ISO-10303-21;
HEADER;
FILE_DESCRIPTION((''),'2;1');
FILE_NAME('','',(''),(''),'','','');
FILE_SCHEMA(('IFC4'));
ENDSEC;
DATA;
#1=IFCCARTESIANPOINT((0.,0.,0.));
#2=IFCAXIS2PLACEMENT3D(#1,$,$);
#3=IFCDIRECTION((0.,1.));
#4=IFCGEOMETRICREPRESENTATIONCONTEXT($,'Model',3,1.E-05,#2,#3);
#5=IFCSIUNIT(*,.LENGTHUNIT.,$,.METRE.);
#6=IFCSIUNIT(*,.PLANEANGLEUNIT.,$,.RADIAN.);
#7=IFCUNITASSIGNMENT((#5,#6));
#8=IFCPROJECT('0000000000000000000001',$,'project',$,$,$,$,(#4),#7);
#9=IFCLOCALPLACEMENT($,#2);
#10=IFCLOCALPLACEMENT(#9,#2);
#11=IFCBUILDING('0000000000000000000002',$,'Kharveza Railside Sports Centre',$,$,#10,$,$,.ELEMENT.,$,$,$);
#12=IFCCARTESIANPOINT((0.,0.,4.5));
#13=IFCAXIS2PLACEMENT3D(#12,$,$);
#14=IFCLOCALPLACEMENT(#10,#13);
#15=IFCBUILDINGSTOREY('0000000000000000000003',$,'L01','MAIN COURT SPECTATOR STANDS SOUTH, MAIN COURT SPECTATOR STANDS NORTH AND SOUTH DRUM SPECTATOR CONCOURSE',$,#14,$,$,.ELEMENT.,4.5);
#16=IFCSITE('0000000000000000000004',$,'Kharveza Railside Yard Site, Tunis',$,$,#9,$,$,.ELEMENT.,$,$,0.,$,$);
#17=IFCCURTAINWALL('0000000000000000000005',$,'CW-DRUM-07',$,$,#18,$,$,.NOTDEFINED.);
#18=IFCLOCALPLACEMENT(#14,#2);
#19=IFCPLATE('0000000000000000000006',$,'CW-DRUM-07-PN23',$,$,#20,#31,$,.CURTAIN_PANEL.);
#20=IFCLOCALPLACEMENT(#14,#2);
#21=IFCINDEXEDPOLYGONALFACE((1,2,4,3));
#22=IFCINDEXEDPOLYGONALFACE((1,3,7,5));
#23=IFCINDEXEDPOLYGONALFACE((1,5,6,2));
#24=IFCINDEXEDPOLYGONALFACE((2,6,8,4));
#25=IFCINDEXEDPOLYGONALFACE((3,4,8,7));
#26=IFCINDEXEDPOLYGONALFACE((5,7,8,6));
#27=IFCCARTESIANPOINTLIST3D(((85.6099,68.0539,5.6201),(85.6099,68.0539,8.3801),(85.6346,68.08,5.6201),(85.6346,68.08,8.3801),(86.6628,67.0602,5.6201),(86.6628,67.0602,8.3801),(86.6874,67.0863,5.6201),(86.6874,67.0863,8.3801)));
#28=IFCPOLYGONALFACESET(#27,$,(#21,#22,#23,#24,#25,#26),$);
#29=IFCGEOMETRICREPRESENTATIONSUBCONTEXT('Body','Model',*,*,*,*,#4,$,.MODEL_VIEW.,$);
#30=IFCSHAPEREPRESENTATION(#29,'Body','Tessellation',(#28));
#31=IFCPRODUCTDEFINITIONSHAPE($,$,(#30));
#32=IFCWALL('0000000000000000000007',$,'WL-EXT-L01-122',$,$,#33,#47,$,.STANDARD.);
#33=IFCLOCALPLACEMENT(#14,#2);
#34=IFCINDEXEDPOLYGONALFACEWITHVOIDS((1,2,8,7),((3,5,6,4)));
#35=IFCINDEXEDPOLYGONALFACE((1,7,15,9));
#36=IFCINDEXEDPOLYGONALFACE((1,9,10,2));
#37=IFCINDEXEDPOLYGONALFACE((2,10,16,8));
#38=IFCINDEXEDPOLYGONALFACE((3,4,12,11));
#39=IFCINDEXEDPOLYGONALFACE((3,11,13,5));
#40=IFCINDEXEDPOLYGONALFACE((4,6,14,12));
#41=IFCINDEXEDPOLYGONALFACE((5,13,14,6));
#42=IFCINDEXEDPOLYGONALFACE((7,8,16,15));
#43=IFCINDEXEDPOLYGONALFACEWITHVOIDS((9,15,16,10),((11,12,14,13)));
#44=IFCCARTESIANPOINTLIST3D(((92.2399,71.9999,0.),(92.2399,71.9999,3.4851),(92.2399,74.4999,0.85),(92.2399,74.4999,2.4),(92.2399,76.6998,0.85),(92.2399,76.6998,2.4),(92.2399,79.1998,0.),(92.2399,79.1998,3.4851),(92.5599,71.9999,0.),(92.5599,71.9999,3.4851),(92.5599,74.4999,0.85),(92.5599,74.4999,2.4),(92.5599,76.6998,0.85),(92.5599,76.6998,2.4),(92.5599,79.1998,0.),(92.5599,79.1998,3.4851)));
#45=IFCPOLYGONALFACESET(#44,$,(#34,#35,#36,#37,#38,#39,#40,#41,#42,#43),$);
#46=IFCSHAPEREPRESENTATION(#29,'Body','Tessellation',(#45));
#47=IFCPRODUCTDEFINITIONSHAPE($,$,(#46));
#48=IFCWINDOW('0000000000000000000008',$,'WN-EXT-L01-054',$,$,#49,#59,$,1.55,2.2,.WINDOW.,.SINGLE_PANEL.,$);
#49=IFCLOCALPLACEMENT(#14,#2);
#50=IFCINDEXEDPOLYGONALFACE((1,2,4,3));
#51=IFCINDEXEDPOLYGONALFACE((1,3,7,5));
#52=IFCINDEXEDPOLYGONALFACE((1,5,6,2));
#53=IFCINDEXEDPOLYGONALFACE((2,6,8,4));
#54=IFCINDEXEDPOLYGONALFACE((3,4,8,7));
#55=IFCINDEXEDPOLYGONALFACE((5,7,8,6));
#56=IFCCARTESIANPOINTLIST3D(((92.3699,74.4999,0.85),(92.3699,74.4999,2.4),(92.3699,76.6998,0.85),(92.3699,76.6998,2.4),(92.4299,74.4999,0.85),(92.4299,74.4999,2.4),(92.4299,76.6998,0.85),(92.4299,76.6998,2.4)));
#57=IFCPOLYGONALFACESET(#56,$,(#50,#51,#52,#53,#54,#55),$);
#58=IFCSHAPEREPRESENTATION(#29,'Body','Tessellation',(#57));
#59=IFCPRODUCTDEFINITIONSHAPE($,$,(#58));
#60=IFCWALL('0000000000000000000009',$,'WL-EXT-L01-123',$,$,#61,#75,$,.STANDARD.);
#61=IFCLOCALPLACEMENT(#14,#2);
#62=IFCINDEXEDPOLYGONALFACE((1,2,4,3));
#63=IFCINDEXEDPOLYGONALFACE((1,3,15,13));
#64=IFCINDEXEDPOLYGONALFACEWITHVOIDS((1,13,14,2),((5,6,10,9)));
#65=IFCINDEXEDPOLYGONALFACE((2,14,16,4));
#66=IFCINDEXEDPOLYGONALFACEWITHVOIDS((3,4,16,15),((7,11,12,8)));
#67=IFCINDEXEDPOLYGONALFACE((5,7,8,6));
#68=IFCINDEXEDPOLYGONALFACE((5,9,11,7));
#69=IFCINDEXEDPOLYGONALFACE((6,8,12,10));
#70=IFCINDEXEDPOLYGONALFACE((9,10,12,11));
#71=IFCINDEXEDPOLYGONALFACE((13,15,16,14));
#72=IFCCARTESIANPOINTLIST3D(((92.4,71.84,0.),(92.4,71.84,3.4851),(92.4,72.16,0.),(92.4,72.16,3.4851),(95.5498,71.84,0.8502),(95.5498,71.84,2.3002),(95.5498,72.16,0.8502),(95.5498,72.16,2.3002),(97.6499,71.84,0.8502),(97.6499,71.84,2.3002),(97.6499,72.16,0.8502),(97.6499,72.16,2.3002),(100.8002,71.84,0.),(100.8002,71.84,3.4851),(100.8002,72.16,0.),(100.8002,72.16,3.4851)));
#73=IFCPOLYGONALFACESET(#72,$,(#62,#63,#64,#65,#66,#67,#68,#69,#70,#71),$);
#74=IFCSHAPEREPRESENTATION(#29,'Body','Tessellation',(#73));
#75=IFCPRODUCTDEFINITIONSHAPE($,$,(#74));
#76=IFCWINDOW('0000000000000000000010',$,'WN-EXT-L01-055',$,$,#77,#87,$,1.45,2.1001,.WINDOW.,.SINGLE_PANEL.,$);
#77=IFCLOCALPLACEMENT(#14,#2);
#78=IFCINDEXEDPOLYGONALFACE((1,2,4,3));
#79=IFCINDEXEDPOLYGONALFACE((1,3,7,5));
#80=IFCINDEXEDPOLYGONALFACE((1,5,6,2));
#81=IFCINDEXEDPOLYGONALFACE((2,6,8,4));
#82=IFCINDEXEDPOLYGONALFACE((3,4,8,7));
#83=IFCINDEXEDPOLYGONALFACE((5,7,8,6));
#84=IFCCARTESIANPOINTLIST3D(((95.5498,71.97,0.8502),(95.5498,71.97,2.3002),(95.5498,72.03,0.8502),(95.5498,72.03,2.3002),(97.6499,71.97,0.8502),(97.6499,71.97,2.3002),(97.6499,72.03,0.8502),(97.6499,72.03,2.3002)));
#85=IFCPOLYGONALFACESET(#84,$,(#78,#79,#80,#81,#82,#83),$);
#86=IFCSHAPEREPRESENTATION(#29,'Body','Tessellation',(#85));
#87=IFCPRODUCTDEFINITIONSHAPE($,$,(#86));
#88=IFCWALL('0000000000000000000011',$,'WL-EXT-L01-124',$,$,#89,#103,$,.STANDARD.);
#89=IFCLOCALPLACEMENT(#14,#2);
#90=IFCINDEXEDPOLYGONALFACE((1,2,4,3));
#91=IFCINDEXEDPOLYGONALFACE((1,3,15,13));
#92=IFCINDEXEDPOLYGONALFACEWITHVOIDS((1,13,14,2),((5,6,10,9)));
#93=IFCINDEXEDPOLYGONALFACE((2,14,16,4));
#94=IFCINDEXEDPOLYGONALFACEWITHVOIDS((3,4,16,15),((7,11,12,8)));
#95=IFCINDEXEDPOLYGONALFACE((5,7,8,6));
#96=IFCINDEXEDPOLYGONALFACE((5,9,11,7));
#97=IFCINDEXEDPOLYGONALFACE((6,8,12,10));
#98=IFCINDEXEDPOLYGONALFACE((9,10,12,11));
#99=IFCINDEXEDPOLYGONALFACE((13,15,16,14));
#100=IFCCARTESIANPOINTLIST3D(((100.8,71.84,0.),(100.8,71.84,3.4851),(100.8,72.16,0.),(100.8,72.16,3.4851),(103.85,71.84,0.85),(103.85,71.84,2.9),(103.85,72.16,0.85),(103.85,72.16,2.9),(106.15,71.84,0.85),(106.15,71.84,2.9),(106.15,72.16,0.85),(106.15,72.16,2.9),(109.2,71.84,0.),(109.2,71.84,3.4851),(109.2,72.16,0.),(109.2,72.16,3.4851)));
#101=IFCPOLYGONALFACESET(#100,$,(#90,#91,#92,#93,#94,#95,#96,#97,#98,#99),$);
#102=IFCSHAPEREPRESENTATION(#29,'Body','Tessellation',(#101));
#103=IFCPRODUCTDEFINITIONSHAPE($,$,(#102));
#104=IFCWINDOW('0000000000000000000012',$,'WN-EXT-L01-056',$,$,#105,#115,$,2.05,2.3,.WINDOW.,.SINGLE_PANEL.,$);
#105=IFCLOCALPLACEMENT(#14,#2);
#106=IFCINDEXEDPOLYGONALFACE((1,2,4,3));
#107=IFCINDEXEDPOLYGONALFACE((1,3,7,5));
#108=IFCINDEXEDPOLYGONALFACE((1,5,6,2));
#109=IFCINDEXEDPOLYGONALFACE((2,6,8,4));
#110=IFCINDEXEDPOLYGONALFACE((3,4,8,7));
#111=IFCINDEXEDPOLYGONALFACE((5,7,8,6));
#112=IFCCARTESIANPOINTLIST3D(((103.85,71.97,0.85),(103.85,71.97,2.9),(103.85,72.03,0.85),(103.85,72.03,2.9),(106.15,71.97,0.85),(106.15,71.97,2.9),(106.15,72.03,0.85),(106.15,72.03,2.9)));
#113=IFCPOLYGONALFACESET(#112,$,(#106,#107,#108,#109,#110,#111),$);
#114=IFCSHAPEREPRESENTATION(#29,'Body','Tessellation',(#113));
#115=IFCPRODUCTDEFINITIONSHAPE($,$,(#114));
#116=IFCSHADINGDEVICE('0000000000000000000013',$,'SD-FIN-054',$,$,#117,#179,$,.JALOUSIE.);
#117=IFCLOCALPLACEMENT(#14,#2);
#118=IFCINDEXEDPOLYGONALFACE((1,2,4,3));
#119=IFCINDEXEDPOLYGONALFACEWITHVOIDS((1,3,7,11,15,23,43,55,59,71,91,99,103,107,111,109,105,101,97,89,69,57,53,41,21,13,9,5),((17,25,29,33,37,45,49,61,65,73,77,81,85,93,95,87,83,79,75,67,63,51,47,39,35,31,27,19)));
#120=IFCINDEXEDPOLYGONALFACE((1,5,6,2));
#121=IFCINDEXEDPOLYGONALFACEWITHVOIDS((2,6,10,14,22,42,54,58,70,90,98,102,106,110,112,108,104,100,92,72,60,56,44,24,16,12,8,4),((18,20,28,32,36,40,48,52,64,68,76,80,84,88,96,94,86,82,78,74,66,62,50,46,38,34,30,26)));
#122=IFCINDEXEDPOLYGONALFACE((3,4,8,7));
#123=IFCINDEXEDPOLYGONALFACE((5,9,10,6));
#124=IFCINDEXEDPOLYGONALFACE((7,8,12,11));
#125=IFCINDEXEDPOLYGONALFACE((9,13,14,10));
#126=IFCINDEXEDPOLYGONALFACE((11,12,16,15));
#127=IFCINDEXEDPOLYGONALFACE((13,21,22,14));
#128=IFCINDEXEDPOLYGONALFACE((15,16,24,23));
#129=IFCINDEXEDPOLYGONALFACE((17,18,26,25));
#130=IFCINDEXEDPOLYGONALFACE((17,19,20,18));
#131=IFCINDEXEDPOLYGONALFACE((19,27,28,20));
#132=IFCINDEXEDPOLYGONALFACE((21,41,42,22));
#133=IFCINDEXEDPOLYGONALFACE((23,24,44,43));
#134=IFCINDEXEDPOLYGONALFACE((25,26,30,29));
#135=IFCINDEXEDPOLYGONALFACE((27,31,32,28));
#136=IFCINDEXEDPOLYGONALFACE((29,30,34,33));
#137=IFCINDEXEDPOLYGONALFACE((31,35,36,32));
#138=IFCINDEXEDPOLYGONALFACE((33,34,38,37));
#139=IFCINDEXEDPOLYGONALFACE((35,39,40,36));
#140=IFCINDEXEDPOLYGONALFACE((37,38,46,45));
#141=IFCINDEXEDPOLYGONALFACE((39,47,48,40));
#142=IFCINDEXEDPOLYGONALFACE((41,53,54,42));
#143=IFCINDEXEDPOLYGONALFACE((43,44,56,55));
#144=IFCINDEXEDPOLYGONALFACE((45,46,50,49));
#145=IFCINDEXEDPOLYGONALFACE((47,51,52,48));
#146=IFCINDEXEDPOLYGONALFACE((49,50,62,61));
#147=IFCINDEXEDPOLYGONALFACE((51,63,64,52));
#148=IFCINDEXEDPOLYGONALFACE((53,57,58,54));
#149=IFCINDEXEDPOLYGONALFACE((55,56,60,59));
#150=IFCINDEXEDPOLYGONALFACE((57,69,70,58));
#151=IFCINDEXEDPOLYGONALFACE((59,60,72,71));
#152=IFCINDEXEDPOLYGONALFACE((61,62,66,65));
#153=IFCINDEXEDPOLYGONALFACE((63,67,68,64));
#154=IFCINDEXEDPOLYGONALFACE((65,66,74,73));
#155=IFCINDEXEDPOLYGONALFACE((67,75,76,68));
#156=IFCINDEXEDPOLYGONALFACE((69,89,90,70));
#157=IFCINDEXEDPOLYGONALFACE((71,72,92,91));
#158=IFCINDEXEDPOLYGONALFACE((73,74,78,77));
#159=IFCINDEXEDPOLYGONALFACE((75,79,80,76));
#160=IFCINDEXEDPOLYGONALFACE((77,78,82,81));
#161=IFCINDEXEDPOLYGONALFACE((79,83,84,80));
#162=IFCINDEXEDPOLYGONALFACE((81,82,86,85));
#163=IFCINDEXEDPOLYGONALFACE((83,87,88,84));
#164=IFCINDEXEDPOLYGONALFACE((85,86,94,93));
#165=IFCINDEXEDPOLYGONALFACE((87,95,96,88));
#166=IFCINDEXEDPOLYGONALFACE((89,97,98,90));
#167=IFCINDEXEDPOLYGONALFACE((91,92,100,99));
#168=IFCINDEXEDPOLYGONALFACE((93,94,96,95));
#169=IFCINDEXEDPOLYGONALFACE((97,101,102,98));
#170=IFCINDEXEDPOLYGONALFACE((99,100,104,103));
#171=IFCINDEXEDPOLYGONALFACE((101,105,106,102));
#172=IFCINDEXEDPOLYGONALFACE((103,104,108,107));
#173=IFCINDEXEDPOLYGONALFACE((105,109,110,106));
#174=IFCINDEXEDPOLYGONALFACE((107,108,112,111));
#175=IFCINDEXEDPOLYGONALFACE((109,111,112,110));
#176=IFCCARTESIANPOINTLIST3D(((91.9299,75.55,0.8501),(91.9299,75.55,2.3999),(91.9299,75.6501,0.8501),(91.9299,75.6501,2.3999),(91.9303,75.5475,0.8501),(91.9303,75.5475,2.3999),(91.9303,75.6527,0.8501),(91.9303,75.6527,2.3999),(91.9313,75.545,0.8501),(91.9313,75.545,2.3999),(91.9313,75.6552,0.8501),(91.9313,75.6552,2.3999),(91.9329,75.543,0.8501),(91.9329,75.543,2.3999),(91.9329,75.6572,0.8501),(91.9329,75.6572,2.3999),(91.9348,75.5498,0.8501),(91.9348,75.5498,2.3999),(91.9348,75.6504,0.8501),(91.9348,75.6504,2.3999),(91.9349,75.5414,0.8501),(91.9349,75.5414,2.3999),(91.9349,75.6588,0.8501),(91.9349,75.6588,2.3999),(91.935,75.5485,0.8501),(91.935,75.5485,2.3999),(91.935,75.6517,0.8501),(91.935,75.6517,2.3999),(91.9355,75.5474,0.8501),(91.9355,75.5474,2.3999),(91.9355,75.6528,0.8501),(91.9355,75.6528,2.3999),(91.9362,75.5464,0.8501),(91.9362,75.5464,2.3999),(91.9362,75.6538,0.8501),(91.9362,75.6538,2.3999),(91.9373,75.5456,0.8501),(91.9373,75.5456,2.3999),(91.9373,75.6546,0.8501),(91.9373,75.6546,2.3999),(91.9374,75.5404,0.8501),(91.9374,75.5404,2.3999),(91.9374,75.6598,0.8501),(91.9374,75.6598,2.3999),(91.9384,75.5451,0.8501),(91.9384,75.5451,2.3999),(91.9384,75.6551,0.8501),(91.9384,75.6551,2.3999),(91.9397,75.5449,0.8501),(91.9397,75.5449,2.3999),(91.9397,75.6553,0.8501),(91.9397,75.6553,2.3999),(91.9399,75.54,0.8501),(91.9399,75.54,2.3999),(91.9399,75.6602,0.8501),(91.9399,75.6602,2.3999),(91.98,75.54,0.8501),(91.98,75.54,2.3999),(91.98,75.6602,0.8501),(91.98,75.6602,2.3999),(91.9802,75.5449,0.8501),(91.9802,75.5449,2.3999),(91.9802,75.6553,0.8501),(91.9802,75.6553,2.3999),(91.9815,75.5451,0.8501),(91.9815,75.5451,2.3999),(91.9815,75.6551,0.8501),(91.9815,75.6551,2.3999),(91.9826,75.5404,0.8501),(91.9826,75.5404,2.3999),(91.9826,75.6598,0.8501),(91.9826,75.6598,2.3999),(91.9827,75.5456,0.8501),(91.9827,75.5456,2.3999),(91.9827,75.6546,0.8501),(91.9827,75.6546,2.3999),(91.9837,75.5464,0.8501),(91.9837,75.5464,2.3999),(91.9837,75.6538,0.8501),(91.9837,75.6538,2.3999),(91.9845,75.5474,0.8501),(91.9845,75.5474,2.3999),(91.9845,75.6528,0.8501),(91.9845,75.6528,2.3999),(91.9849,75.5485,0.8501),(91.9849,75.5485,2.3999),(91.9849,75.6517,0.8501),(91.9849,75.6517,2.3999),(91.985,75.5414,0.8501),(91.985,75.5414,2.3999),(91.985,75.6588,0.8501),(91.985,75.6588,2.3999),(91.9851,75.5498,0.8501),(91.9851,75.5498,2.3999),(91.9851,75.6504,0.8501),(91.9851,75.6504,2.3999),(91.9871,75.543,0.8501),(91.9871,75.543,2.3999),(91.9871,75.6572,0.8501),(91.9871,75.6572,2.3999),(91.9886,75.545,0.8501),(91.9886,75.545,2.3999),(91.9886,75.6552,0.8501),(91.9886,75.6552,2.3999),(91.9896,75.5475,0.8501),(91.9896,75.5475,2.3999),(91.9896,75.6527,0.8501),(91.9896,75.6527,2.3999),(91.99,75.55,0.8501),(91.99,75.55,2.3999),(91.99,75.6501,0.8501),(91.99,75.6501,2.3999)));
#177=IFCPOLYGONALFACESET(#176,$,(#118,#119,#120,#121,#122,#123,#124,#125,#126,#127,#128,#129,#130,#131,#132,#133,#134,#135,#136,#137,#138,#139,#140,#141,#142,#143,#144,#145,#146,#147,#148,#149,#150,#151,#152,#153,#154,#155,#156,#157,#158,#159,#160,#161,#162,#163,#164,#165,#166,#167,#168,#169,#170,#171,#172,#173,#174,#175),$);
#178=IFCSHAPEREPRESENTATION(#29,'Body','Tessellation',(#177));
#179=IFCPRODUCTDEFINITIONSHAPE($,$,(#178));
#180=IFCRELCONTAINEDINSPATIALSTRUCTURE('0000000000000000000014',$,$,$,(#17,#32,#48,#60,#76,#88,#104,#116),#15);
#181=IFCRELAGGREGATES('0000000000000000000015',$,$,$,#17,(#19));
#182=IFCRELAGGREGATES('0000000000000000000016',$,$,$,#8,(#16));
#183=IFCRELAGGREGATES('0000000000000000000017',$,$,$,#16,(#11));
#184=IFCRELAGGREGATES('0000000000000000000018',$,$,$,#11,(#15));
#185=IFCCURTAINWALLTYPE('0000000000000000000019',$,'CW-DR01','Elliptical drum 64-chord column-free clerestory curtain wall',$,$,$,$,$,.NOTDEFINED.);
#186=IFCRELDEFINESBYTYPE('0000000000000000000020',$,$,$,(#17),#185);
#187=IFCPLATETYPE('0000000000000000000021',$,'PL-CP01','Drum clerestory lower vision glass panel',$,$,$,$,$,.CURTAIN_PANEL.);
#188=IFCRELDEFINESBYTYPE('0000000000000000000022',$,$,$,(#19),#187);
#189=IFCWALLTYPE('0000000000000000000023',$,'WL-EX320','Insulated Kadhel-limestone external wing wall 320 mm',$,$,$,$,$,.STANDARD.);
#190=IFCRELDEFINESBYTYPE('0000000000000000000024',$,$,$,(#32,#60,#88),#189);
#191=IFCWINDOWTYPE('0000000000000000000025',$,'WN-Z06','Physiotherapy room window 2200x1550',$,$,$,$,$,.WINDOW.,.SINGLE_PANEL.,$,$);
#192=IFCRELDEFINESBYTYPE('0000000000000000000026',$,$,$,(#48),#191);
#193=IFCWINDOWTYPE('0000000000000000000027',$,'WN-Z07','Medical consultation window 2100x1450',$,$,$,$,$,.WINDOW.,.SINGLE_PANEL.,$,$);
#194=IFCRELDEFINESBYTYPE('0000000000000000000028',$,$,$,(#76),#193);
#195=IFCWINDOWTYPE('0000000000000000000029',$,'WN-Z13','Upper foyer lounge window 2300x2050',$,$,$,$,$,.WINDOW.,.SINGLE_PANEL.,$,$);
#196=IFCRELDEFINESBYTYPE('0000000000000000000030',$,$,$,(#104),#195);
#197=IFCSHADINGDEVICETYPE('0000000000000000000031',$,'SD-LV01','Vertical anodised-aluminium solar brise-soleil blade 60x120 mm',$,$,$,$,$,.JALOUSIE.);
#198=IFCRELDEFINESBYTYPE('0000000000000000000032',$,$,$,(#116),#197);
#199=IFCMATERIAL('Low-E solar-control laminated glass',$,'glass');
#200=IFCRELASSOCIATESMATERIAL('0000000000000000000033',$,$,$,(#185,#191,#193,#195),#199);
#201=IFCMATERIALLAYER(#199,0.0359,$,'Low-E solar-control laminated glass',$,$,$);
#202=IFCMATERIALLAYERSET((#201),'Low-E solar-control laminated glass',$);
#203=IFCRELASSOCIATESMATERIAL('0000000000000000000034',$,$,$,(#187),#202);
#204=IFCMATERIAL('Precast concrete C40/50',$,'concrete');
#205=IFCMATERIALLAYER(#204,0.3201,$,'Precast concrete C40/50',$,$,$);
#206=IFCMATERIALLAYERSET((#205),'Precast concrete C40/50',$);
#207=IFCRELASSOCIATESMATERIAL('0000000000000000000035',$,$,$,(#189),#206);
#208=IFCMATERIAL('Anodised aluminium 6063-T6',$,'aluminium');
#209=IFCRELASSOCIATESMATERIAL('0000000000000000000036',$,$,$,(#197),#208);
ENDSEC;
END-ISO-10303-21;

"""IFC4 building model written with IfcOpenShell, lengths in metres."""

from ifc_helpers import new_model, si_unit, direction, frame, frame_2d, origin, origin_2d, place, context, subcontext, project, spatial, rectangle, hollow_rectangle, extrude, material, layer, layer_set, material_profile, profile_set, type_object, element, fill, aggregate, save


model = new_model("IFC4")

# Units and contexts
model_context = context("Model", 3, precision=1e-05, world=origin(), true_north=direction((0.0, 1.0)))
body_context = subcontext(model_context, "Body", "Model", "MODEL_VIEW")
ifc_project = project(units=[si_unit("LENGTHUNIT", "METRE"), si_unit("PLANEANGLEUNIT", "RADIAN")], contexts=[model_context])

# Site, building, storey
site_placement = place(None, origin())
site = spatial("IfcSite", under=ifc_project, at=site_placement, Name="Kharveza Railside Yard Site, Tunis", CompositionType="ELEMENT", RefElevation=0.0)
building_placement = place(site_placement, origin())
building = spatial("IfcBuilding", under=site, at=building_placement, Name="Kharveza Railside Sports Centre", CompositionType="ELEMENT")
storey_placement = place(building_placement, frame((0.0, 0.0, 4.5)))
storey = spatial("IfcBuildingStorey", under=building, at=storey_placement, Name="L01", Description="MAIN COURT SPECTATOR STANDS SOUTH, MAIN COURT SPECTATOR STANDS NORTH AND SOUTH DRUM SPECTATOR CONCOURSE", CompositionType="ELEMENT", Elevation=4.5)

# Curtain wall, plate
ifc_material_1 = material(Name="Low-E solar-control laminated glass", Category="glass")
curtain_wall_type = type_object("IfcCurtainWallType", Name="CW-DR01", Description="Elliptical drum 64-chord column-free clerestory curtain wall", PredefinedType="NOTDEFINED", material=ifc_material_1)
curtain_wall_placement = place(storey_placement, origin())
curtain_wall = element("IfcCurtainWall", 1, at=curtain_wall_placement, inside=storey, type_object=curtain_wall_type, Name="CW-DRUM-07", PredefinedType="NOTDEFINED")
ifc_material_2 = material(Name="Anodised aluminium 6063-T6", Category="aluminium")
ifc_layer_1 = layer(ifc_material_1, 0.0359, Name="Low-E solar-control laminated glass")
ifc_layer_set_1 = layer_set([ifc_layer_1], Name="Low-E solar-control laminated glass")
plate_type = type_object("IfcPlateType", Name="PL-CP01", Description="Drum clerestory lower vision glass panel", PredefinedType="CURTAIN_PANEL", material=ifc_layer_set_1)
plate_1_placement = place(storey_placement, frame((86.1487, 67.5701, 5.6201), z_axis=(0.0, 0.0, 1.0), x_axis=(-0.727234, 0.68639, 0.0)))
plate_1 = element("IfcPlate", 2, at=plate_1_placement, type_object=plate_type, Name="CW-DRUM-07-PN23", PredefinedType="CURTAIN_PANEL", context=body_context, shape_type="SweptSolid", body=[
    extrude(rectangle(XDim=1.4478, YDim=0.0359, at=origin_2d()), origin(), (0.0, 0.0, 1.0), 2.76),
])
aggregate(curtain_wall, [plate_1])

# Walls, openings, windows
ifc_material_3 = material(Name="Precast concrete C40/50", Category="concrete")
ifc_layer_2 = layer(ifc_material_3, 0.3201, Name="Precast concrete C40/50")
ifc_layer_set_2 = layer_set([ifc_layer_2], Name="Precast concrete C40/50")
wall_type = type_object("IfcWallType", Name="WL-EX320", Description="Insulated Kadhel-limestone external wing wall 320 mm", PredefinedType="STANDARD", material=ifc_layer_set_2)
wall_1_placement = place(storey_placement, frame((92.3999, 79.2, 0.0), z_axis=(0.0, 0.0, 1.0), x_axis=(0.0, -1.0, 0.0)))
wall_1 = element("IfcWall", 3, at=wall_1_placement, inside=storey, type_object=wall_type, Name="WL-EXT-L01-122", PredefinedType="STANDARD", context=body_context, shape_type="SweptSolid", body=[
    extrude(rectangle(XDim=7.2, YDim=0.3201, at=frame_2d((3.6001, 0.0))), origin(), (0.0, 0.0, 1.0), 3.4851),
])
opening_1_placement = place(wall_1_placement, frame((2.5, 0.0, 0.8501)))
opening_1 = element("IfcOpeningElement", 4, at=opening_1_placement, cuts=wall_1, PredefinedType="OPENING", context=body_context, shape_type="SweptSolid", body=[
    extrude(rectangle(XDim=2.2, YDim=1.55, at=frame_2d((1.1001, 0.7749))), frame((0.0, 0.1851, 0.0), z_axis=(0.0, -1.0, 0.0), x_axis=(1.0, 0.0, 0.0)), (0.0, 0.0, 1.0), 0.3699),
])
window_type_1 = type_object("IfcWindowType", Name="WN-Z06", Description="Physiotherapy room window 2200x1550", PartitioningType="SINGLE_PANEL", PredefinedType="WINDOW", material=ifc_material_1)
window_1_placement = place(opening_1_placement, origin())
window_1 = element("IfcWindow", 5, at=window_1_placement, inside=storey, type_object=window_type_1, Name="WN-EXT-L01-054", OverallHeight=1.55, OverallWidth=2.2, PartitioningType="SINGLE_PANEL", PredefinedType="WINDOW", context=body_context, shape_type="SweptSolid", body=[
    extrude(rectangle(XDim=2.2, YDim=1.55, at=frame_2d((1.1001, 0.7749))), frame((0.0, 0.03, 0.0), z_axis=(0.0, -1.0, 0.0), x_axis=(1.0, 0.0, 0.0)), (0.0, 0.0, 1.0), 0.0601),
])
fill(opening_1, window_1)
wall_2_placement = place(storey_placement, frame((92.3999, 72.0, 0.0), z_axis=(0.0, 0.0, 1.0), x_axis=(1.0, 0.0, 0.0)))
wall_2 = element("IfcWall", 6, at=wall_2_placement, inside=storey, type_object=wall_type, Name="WL-EXT-L01-123", PredefinedType="STANDARD", context=body_context, shape_type="SweptSolid", body=[
    extrude(rectangle(XDim=8.4001, YDim=0.3201, at=frame_2d((4.2002, 0.0))), origin(), (0.0, 0.0, 1.0), 3.4851),
])
opening_2_placement = place(wall_2_placement, frame((3.1499, 0.0, 0.8501)))
opening_2 = element("IfcOpeningElement", 7, at=opening_2_placement, cuts=wall_2, PredefinedType="OPENING", context=body_context, shape_type="SweptSolid", body=[
    extrude(rectangle(XDim=2.1001, YDim=1.45, at=frame_2d((1.05, 0.7251))), frame((0.0, 0.1851, 0.0), z_axis=(0.0, -1.0, 0.0), x_axis=(1.0, 0.0, 0.0)), (0.0, 0.0, 1.0), 0.3699),
])
window_type_2 = type_object("IfcWindowType", Name="WN-Z07", Description="Medical consultation window 2100x1450", PartitioningType="SINGLE_PANEL", PredefinedType="WINDOW", material=ifc_material_1)
window_2_placement = place(opening_2_placement, origin())
window_2 = element("IfcWindow", 8, at=window_2_placement, inside=storey, type_object=window_type_2, Name="WN-EXT-L01-055", OverallHeight=1.45, OverallWidth=2.1001, PartitioningType="SINGLE_PANEL", PredefinedType="WINDOW", context=body_context, shape_type="SweptSolid", body=[
    extrude(rectangle(XDim=2.1001, YDim=1.45, at=frame_2d((1.05, 0.7251))), frame((0.0, 0.03, 0.0), z_axis=(0.0, -1.0, 0.0), x_axis=(1.0, 0.0, 0.0)), (0.0, 0.0, 1.0), 0.0601),
])
fill(opening_2, window_2)
wall_3_placement = place(storey_placement, frame((100.8, 72.0, 0.0), z_axis=(0.0, 0.0, 1.0), x_axis=(1.0, 0.0, 0.0)))
wall_3 = element("IfcWall", 9, at=wall_3_placement, inside=storey, type_object=wall_type, Name="WL-EXT-L01-124", PredefinedType="STANDARD", context=body_context, shape_type="SweptSolid", body=[
    extrude(rectangle(XDim=8.3999, YDim=0.3201, at=frame_2d((4.2, 0.0))), origin(), (0.0, 0.0, 1.0), 3.4851),
])
opening_3_placement = place(wall_3_placement, frame((3.05, 0.0, 0.8501)))
opening_3 = element("IfcOpeningElement", 10, at=opening_3_placement, cuts=wall_3, PredefinedType="OPENING", context=body_context, shape_type="SweptSolid", body=[
    extrude(rectangle(XDim=2.3, YDim=2.05, at=frame_2d((1.1499, 1.0249))), frame((0.0, 0.1851, 0.0), z_axis=(0.0, -1.0, 0.0), x_axis=(1.0, 0.0, 0.0)), (0.0, 0.0, 1.0), 0.3699),
])
window_type_3 = type_object("IfcWindowType", Name="WN-Z13", Description="Upper foyer lounge window 2300x2050", PartitioningType="SINGLE_PANEL", PredefinedType="WINDOW", material=ifc_material_1)
window_3_placement = place(opening_3_placement, origin())
window_3 = element("IfcWindow", 11, at=window_3_placement, inside=storey, type_object=window_type_3, Name="WN-EXT-L01-056", OverallHeight=2.05, OverallWidth=2.3, PartitioningType="SINGLE_PANEL", PredefinedType="WINDOW", context=body_context, shape_type="SweptSolid", body=[
    extrude(rectangle(XDim=2.3, YDim=2.05, at=frame_2d((1.1499, 1.0249))), frame((0.0, 0.03, 0.0), z_axis=(0.0, -1.0, 0.0), x_axis=(1.0, 0.0, 0.0)), (0.0, 0.0, 1.0), 0.0601),
])
fill(opening_3, window_3)

# Shading device
ifc_material_profile_1 = material_profile(ifc_material_2, hollow_rectangle(XDim=0.0601, YDim=0.1201, WallThickness=0.0049, InnerFilletRadius=0.0049, OuterFilletRadius=0.01, at=origin_2d()), Name="RHS 60x120x5.0")
ifc_profile_set_1 = profile_set([ifc_material_profile_1], Name="Anodised aluminium 6063-T6")
shading_device_type = type_object("IfcShadingDeviceType", Name="SD-LV01", Description="Vertical anodised-aluminium solar brise-soleil blade 60x120 mm", PredefinedType="JALOUSIE", material=ifc_profile_set_1)
shading_device_1_placement = place(storey_placement, frame((91.96, 75.6001, 0.8501), z_axis=(0.0, 0.0, 1.0), x_axis=(-1.0, 0.0, 0.0)))
element("IfcShadingDevice", 12, at=shading_device_1_placement, inside=storey, type_object=shading_device_type, Name="SD-FIN-054", PredefinedType="JALOUSIE", context=body_context, shape_type="SweptSolid", body=[
    extrude(hollow_rectangle(XDim=0.0601, YDim=0.1201, WallThickness=0.0049, InnerFilletRadius=0.0049, OuterFilletRadius=0.01, at=origin_2d()), origin(), (0.0, 0.0, 1.0), 1.5498),
])

save(model, "model.ifc")
